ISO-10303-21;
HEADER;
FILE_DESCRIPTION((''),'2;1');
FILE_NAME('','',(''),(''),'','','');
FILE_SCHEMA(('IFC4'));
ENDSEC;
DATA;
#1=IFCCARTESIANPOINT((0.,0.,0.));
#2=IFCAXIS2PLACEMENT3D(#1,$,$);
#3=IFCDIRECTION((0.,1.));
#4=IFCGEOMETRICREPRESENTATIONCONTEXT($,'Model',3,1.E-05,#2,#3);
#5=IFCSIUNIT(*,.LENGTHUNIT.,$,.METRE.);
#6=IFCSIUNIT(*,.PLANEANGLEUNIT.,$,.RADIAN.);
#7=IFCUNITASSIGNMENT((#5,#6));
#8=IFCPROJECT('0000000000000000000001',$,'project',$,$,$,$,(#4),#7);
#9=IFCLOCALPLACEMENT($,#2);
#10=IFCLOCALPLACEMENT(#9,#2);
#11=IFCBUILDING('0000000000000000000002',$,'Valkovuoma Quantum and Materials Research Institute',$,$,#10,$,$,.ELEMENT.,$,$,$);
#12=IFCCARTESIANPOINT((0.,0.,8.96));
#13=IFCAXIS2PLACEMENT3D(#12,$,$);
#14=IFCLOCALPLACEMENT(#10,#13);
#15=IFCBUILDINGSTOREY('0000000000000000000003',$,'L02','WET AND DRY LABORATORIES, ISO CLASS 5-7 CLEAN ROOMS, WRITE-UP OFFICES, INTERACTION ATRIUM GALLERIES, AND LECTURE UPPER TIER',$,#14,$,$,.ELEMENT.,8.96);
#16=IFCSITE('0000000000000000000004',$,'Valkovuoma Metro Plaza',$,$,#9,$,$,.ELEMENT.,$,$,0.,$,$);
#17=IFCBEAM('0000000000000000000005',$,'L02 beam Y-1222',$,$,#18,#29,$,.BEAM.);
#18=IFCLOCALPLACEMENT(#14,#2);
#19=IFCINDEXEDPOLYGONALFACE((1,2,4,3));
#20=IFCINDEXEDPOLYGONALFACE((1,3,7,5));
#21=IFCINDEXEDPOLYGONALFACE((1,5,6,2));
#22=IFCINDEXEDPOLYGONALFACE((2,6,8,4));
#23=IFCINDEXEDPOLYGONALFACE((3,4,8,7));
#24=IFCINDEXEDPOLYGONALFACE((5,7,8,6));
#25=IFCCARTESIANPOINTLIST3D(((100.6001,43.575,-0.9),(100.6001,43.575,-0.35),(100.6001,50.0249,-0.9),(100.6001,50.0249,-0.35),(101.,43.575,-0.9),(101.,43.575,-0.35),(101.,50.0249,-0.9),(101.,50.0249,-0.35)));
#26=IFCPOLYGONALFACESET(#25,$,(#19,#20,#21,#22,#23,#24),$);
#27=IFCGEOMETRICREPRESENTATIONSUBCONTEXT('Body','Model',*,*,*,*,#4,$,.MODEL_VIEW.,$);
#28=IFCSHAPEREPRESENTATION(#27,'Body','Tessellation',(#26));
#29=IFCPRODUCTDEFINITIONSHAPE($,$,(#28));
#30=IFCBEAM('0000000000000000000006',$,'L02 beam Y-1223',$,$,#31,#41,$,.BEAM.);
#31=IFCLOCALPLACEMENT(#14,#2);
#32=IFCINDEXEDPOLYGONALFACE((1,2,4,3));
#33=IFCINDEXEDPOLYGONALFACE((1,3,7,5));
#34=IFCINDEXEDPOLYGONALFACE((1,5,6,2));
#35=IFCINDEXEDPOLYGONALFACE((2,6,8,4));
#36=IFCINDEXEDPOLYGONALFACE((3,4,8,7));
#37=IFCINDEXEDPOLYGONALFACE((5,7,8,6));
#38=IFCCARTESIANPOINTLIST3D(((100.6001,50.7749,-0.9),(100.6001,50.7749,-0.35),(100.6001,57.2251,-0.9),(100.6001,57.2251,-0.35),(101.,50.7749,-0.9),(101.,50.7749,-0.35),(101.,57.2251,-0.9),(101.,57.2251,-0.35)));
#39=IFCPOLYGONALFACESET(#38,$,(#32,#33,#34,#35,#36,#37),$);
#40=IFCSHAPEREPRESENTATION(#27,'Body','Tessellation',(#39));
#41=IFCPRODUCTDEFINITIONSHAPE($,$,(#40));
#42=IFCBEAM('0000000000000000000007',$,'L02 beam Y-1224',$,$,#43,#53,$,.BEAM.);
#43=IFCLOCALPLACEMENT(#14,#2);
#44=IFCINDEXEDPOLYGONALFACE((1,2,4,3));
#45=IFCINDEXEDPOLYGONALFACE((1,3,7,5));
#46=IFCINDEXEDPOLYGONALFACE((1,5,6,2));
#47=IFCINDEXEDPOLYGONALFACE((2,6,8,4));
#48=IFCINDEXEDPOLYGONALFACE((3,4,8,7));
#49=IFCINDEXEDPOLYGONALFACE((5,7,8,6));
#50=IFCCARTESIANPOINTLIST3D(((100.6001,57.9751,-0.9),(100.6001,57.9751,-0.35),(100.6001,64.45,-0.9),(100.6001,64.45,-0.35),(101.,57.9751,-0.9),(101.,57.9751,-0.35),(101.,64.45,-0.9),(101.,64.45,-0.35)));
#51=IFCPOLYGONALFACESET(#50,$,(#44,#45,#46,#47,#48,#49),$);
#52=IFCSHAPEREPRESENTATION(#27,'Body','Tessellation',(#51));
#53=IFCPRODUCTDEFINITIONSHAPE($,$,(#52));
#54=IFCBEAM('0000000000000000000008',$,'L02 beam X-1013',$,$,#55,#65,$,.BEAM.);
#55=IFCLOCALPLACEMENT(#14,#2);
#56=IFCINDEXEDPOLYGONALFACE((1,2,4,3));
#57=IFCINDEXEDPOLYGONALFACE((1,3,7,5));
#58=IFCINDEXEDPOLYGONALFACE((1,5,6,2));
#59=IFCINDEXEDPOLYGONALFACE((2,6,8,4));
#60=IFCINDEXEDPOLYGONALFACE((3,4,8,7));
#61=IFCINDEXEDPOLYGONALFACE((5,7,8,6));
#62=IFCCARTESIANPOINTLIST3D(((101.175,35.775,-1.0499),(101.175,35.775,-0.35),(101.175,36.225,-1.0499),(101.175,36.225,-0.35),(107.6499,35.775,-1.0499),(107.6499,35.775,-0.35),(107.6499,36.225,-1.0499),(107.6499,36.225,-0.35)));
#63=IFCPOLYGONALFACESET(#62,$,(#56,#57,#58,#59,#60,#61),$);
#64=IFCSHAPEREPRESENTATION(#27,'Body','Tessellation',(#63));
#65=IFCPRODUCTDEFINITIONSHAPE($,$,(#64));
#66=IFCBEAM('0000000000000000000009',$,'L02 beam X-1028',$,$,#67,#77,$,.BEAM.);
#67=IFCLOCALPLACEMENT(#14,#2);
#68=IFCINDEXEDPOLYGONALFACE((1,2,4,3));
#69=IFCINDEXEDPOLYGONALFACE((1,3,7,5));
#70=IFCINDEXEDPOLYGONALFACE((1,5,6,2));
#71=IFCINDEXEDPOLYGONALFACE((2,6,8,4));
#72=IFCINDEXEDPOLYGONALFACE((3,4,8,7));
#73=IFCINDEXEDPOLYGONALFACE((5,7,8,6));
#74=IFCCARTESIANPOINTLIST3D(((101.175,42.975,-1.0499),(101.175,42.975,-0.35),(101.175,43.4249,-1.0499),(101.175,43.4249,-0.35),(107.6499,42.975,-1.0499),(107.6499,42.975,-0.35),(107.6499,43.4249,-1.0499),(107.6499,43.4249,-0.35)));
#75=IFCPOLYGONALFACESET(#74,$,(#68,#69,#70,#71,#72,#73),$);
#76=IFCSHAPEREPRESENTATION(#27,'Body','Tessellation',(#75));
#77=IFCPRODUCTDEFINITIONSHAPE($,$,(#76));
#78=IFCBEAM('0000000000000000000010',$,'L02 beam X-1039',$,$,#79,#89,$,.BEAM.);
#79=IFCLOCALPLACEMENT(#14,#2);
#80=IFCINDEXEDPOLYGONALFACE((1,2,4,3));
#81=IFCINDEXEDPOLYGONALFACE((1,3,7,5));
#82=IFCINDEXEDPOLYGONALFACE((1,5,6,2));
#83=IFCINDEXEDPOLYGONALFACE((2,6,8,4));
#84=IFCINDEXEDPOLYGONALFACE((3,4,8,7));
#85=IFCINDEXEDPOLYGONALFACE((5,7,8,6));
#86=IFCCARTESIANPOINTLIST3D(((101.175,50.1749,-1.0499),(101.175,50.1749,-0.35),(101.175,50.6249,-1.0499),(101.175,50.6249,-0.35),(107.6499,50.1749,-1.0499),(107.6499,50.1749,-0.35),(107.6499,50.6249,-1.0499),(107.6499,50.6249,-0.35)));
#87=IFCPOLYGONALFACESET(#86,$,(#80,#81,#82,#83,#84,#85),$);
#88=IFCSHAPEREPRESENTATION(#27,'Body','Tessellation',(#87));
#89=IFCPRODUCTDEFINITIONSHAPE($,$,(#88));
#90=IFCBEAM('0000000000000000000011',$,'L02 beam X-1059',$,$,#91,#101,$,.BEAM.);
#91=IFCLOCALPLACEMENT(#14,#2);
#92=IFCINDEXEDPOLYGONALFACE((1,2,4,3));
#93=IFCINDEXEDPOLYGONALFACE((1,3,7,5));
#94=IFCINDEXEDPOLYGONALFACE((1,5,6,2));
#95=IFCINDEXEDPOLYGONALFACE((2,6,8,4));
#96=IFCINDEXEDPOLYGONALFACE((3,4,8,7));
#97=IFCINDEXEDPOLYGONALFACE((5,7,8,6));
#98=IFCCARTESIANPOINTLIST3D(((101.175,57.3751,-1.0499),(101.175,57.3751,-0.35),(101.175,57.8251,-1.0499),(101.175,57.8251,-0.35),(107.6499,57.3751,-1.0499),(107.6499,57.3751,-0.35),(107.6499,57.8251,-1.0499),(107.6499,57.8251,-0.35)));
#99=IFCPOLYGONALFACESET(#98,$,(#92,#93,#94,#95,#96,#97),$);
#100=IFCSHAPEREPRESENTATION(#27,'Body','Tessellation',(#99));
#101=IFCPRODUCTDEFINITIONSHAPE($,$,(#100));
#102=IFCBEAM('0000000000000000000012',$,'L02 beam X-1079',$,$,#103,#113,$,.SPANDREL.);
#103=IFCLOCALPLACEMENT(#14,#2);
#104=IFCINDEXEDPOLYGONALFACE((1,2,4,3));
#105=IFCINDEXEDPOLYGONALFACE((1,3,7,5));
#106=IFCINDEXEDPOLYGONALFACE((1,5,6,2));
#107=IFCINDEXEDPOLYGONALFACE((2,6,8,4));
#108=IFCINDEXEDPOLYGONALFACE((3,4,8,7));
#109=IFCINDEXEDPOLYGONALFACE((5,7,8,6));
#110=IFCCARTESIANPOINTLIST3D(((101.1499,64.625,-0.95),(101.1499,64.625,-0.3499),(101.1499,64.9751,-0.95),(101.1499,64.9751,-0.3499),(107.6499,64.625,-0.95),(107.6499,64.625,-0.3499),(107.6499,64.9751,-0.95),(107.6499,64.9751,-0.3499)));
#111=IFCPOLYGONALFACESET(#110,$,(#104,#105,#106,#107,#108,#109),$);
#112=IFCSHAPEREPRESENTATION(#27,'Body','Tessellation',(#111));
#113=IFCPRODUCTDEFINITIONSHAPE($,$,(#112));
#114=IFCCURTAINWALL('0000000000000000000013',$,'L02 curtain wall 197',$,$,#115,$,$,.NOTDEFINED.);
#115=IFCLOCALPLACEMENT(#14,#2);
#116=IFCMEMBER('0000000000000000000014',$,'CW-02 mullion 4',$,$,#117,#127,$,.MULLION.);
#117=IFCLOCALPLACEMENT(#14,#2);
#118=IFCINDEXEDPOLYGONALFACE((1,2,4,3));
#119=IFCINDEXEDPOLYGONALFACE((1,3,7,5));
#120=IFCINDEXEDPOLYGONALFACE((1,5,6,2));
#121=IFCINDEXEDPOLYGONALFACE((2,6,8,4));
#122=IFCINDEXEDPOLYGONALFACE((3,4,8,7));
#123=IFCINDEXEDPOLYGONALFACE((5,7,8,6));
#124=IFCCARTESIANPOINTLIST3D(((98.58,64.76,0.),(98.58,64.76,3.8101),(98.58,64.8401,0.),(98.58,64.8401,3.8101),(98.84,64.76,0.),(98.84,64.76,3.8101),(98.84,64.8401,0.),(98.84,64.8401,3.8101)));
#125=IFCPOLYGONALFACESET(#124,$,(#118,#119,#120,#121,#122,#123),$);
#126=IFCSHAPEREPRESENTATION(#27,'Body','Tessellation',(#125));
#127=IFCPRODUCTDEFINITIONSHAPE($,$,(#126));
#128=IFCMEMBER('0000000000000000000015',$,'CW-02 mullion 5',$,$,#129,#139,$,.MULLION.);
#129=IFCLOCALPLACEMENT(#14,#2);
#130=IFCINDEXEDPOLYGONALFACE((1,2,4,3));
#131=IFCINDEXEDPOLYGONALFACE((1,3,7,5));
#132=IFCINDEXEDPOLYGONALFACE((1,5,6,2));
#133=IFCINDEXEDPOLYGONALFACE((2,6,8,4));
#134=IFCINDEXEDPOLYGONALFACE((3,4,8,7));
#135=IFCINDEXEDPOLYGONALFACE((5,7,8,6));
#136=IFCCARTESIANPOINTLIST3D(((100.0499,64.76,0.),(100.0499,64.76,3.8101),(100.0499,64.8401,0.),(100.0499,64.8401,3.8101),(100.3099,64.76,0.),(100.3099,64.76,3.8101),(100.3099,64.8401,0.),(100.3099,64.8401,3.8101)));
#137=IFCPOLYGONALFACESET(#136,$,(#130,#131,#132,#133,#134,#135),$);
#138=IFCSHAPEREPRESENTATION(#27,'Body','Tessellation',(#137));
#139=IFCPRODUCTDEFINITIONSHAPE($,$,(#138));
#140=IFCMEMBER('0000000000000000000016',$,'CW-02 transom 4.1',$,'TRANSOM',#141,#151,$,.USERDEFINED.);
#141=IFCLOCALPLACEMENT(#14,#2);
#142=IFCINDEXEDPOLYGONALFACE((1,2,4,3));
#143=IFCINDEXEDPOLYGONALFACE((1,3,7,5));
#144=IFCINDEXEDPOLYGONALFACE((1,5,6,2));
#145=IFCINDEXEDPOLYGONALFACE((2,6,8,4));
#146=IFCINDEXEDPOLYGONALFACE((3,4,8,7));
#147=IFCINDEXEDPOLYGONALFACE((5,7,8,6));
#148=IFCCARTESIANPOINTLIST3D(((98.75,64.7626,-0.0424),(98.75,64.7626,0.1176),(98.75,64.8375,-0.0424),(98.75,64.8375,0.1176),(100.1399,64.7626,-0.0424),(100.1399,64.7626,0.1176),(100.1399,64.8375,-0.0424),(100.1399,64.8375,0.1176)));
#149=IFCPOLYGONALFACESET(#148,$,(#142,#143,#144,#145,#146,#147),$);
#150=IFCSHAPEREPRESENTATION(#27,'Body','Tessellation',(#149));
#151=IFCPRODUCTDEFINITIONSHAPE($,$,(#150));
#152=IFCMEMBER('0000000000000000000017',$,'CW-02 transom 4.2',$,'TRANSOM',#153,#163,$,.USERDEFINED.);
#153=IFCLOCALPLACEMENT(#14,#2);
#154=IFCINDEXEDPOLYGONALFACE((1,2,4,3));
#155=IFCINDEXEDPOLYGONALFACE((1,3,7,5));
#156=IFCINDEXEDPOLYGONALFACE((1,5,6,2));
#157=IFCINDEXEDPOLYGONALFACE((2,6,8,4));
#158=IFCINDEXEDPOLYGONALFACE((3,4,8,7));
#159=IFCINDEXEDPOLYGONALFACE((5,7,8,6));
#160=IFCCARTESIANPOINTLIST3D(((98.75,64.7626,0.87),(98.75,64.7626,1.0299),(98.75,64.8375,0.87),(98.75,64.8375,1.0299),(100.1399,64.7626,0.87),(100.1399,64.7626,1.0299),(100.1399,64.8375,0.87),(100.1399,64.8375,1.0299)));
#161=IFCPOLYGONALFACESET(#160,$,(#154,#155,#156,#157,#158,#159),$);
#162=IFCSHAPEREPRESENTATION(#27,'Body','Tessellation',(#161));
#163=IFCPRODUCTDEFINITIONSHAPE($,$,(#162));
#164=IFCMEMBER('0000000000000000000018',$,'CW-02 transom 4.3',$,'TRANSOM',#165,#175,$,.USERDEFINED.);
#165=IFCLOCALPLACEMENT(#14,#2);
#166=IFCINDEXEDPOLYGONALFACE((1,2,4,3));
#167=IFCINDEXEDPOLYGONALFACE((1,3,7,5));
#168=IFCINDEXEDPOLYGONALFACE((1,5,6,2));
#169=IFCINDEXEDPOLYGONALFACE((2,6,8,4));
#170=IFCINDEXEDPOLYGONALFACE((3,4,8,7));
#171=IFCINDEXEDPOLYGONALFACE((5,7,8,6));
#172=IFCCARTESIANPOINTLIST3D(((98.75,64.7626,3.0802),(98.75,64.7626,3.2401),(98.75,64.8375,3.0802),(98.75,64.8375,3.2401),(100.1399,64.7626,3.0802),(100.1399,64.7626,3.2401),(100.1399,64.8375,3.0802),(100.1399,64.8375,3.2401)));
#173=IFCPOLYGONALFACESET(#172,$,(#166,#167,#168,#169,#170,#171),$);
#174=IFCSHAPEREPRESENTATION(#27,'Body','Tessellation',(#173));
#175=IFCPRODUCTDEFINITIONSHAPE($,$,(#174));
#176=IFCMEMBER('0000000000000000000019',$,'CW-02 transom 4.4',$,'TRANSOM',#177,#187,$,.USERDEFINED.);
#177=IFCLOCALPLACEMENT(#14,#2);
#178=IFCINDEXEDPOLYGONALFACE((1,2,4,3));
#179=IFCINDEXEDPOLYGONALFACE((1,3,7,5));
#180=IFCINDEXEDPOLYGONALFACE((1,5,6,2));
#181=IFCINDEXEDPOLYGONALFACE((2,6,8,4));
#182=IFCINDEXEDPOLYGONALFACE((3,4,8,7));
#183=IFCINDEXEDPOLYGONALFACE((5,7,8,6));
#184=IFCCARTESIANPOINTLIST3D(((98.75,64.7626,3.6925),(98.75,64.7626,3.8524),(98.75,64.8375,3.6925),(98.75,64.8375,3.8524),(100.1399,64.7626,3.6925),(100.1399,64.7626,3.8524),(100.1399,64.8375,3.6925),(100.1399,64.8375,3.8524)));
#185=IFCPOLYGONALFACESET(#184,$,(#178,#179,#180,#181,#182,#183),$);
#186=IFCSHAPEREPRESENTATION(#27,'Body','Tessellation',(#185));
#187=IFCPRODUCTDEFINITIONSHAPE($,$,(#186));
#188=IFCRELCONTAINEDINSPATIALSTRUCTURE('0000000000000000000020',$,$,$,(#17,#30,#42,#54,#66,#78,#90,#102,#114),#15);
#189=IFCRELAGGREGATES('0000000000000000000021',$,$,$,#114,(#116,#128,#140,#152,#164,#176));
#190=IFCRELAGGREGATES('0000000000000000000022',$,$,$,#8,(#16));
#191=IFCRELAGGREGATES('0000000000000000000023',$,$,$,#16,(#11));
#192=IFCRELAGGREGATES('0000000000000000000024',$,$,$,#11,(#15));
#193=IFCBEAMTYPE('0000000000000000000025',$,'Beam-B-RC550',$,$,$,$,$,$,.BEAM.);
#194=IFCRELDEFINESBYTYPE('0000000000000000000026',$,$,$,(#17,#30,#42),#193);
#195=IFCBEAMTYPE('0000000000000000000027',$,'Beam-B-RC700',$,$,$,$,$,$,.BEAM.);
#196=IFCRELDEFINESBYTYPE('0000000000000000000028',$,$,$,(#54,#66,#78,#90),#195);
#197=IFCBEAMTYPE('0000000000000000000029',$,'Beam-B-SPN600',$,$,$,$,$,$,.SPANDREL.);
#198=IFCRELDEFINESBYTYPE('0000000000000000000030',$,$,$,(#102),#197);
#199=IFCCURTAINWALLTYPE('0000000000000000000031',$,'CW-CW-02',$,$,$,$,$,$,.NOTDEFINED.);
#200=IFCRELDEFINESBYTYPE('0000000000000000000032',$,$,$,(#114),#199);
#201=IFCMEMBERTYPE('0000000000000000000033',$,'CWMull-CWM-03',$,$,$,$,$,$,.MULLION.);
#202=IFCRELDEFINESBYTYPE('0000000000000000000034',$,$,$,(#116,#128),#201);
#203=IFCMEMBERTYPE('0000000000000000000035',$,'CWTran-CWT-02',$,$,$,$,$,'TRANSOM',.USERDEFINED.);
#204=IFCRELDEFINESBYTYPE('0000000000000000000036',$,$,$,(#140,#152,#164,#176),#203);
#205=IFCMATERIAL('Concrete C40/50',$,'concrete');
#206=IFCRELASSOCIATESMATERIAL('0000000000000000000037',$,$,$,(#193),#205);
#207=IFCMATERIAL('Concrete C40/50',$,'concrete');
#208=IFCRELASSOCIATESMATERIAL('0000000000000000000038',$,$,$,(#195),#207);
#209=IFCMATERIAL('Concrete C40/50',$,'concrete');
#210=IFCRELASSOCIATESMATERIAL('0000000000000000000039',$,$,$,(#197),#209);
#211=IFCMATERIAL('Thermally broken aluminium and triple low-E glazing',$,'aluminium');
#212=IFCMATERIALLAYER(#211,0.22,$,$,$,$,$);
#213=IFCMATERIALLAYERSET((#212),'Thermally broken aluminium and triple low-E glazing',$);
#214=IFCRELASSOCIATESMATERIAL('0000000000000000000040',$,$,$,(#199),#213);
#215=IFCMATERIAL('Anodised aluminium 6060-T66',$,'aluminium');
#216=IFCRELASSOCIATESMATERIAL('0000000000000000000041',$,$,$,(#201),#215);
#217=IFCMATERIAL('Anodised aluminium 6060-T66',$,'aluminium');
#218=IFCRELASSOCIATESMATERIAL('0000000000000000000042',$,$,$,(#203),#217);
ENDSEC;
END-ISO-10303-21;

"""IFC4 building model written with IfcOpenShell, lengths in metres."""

from ifc_helpers import new_model, si_unit, direction, frame, origin, origin_2d, place, context, subcontext, project, spatial, rectangle, extrude, material, layer, layer_set, material_profile, profile_set, type_object, element, aggregate, save


model = new_model("IFC4")

# Units and contexts
model_context = context("Model", 3, precision=1e-05, world=origin(), true_north=direction((0.0, 1.0)))
body_context = subcontext(model_context, "Body", "Model", "MODEL_VIEW")
ifc_project = project(units=[si_unit("LENGTHUNIT", "METRE"), si_unit("PLANEANGLEUNIT", "RADIAN")], contexts=[model_context])

# Site, building, storey
site_placement = place(None, origin())
site = spatial("IfcSite", under=ifc_project, at=site_placement, Name="Valkovuoma Metro Plaza", CompositionType="ELEMENT", RefElevation=0.0)
building_placement = place(site_placement, origin())
building = spatial("IfcBuilding", under=site, at=building_placement, Name="Valkovuoma Quantum and Materials Research Institute", CompositionType="ELEMENT")
storey_placement = place(building_placement, frame((0.0, 0.0, 8.96)))
storey = spatial("IfcBuildingStorey", under=building, at=storey_placement, Name="L02", Description="WET AND DRY LABORATORIES, ISO CLASS 5-7 CLEAN ROOMS, WRITE-UP OFFICES, INTERACTION ATRIUM GALLERIES, AND LECTURE UPPER TIER", CompositionType="ELEMENT", Elevation=8.96)

# Beams
ifc_material_1 = material(Name="Concrete C40/50", Category="concrete")
ifc_material_profile_1 = material_profile(ifc_material_1, rectangle(XDim=0.3999, YDim=0.55, at=origin_2d()), Name="Concrete C40/50")
ifc_profile_set_1 = profile_set([ifc_material_profile_1], Name="Concrete C40/50")
beam_type_1 = type_object("IfcBeamType", Name="Beam-B-RC550", PredefinedType="BEAM", material=ifc_profile_set_1)
for number, where, z_axis, x_axis, name in (
    (1, (100.8, 43.575, -0.625), (0.0, 1.0, 0.0), (-1.0, 0.0, 0.0), "L02 beam Y-1222"),
):
    element("IfcBeam", number, at=place(storey_placement, frame(where, z_axis=z_axis, x_axis=x_axis)), inside=storey, type_object=beam_type_1, Name=name, PredefinedType="BEAM", context=body_context, shape_type="SweptSolid", body=[
        extrude(rectangle(XDim=0.3999, YDim=0.55, at=origin_2d()), origin(), (0.0, 0.0, 1.0), 6.45),
    ])
beam_1_placement = place(storey_placement, frame((100.8, 50.7749, -0.625), z_axis=(0.0, 1.0, 0.0), x_axis=(-1.0, 0.0, 0.0)))
element("IfcBeam", 2, at=beam_1_placement, inside=storey, type_object=beam_type_1, Name="L02 beam Y-1223", PredefinedType="BEAM", context=body_context, shape_type="SweptSolid", body=[
    extrude(rectangle(XDim=0.3999, YDim=0.55, at=origin_2d()), origin(), (0.0, 0.0, 1.0), 6.4502),
])
beam_2_placement = place(storey_placement, frame((100.8, 57.9751, -0.625), z_axis=(0.0, 1.0, 0.0), x_axis=(-1.0, 0.0, 0.0)))
element("IfcBeam", 3, at=beam_2_placement, inside=storey, type_object=beam_type_1, Name="L02 beam Y-1224", PredefinedType="BEAM", context=body_context, shape_type="SweptSolid", body=[
    extrude(rectangle(XDim=0.3999, YDim=0.55, at=origin_2d()), origin(), (0.0, 0.0, 1.0), 6.4749),
])
ifc_material_2 = material(Name="Concrete C40/50", Category="concrete")
ifc_material_profile_2 = material_profile(ifc_material_2, rectangle(XDim=0.45, YDim=0.7, at=origin_2d()), Name="Concrete C40/50")
ifc_profile_set_2 = profile_set([ifc_material_profile_2], Name="Concrete C40/50")
beam_type_2 = type_object("IfcBeamType", Name="Beam-B-RC700", PredefinedType="BEAM", material=ifc_profile_set_2)
for number, where, z_axis, x_axis, name in (
    (4, (101.175, 36.0, -0.7), (1.0, 0.0, 0.0), (0.0, 1.0, 0.0), "L02 beam X-1013"),
    (5, (101.175, 43.2, -0.7), (1.0, 0.0, 0.0), (0.0, 1.0, 0.0), "L02 beam X-1028"),
    (6, (101.175, 50.3999, -0.7), (1.0, 0.0, 0.0), (0.0, 1.0, 0.0), "L02 beam X-1039"),
    (7, (101.175, 57.6001, -0.7), (1.0, 0.0, 0.0), (0.0, 1.0, 0.0), "L02 beam X-1059"),
):
    element("IfcBeam", number, at=place(storey_placement, frame(where, z_axis=z_axis, x_axis=x_axis)), inside=storey, type_object=beam_type_2, Name=name, PredefinedType="BEAM", context=body_context, shape_type="SweptSolid", body=[
        extrude(rectangle(XDim=0.45, YDim=0.7, at=origin_2d()), origin(), (0.0, 0.0, 1.0), 6.4749),
    ])
ifc_material_3 = material(Name="Concrete C40/50", Category="concrete")
ifc_material_profile_3 = material_profile(ifc_material_3, rectangle(XDim=0.3501, YDim=0.6001, at=origin_2d()), Name="Concrete C40/50")
ifc_profile_set_3 = profile_set([ifc_material_profile_3], Name="Concrete C40/50")
beam_type_3 = type_object("IfcBeamType", Name="Beam-B-SPN600", PredefinedType="SPANDREL", material=ifc_profile_set_3)
beam_3_placement = place(storey_placement, frame((101.1499, 64.8, -0.6499), z_axis=(1.0, 0.0, 0.0), x_axis=(0.0, 1.0, 0.0)))
element("IfcBeam", 8, at=beam_3_placement, inside=storey, type_object=beam_type_3, Name="L02 beam X-1079", PredefinedType="SPANDREL", context=body_context, shape_type="SweptSolid", body=[
    extrude(rectangle(XDim=0.3501, YDim=0.6001, at=origin_2d()), origin(), (0.0, 0.0, 1.0), 6.5),
])

# Curtain wall, members
ifc_material_4 = material(Name="Thermally broken aluminium and triple low-E glazing", Category="aluminium")
ifc_layer_1 = layer(ifc_material_4, 0.22)
ifc_layer_set_1 = layer_set([ifc_layer_1], Name="Thermally broken aluminium and triple low-E glazing")
curtain_wall_type = type_object("IfcCurtainWallType", Name="CW-CW-02", PredefinedType="NOTDEFINED", material=ifc_layer_set_1)
curtain_wall_placement = place(storey_placement, origin())
curtain_wall = element("IfcCurtainWall", 9, at=curtain_wall_placement, inside=storey, type_object=curtain_wall_type, Name="L02 curtain wall 197", PredefinedType="NOTDEFINED")
ifc_material_5 = material(Name="Anodised aluminium 6060-T66", Category="aluminium")
ifc_material_profile_4 = material_profile(ifc_material_5, rectangle(XDim=0.0801, YDim=0.26, at=origin_2d()), Name="Anodised aluminium 6060-T66")
ifc_profile_set_4 = profile_set([ifc_material_profile_4], Name="Anodised aluminium 6060-T66")
member_type_1 = type_object("IfcMemberType", Name="CWMull-CWM-03", PredefinedType="MULLION", material=ifc_profile_set_4)
member_1_placement = place(storey_placement, frame((98.71, 64.8, 0.0), z_axis=(0.0, 0.0, 1.0), x_axis=(0.0, 1.0, 0.0)))
member_1 = element("IfcMember", 10, at=member_1_placement, type_object=member_type_1, Name="CW-02 mullion 4", PredefinedType="MULLION", context=body_context, shape_type="SweptSolid", body=[
    extrude(rectangle(XDim=0.0801, YDim=0.26, at=origin_2d()), origin(), (0.0, 0.0, 1.0), 3.8101),
])
member_2_placement = place(storey_placement, frame((100.1799, 64.8, 0.0), z_axis=(0.0, 0.0, 1.0), x_axis=(0.0, 1.0, 0.0)))
member_2 = element("IfcMember", 11, at=member_2_placement, type_object=member_type_1, Name="CW-02 mullion 5", PredefinedType="MULLION", context=body_context, shape_type="SweptSolid", body=[
    extrude(rectangle(XDim=0.0801, YDim=0.26, at=origin_2d()), origin(), (0.0, 0.0, 1.0), 3.8101),
])
ifc_material_6 = material(Name="Anodised aluminium 6060-T66", Category="aluminium")
ifc_material_profile_5 = material_profile(ifc_material_6, rectangle(XDim=0.075, YDim=0.1599, at=origin_2d()), Name="Anodised aluminium 6060-T66")
ifc_profile_set_5 = profile_set([ifc_material_profile_5], Name="Anodised aluminium 6060-T66")
member_type_2 = type_object("IfcMemberType", Name="CWTran-CWT-02", ElementType="TRANSOM", PredefinedType="USERDEFINED", material=ifc_profile_set_5)
member_3_placement = place(storey_placement, frame((98.75, 64.8, 0.0376), z_axis=(1.0, 0.0, 0.0), x_axis=(0.0, 1.0, 0.0)))
member_3 = element("IfcMember", 12, at=member_3_placement, type_object=member_type_2, Name="CW-02 transom 4.1", ObjectType="TRANSOM", PredefinedType="USERDEFINED", context=body_context, shape_type="SweptSolid", body=[
    extrude(rectangle(XDim=0.075, YDim=0.1599, at=origin_2d()), origin(), (0.0, 0.0, 1.0), 1.3899),
])
member_4_placement = place(storey_placement, frame((98.75, 64.8, 0.95), z_axis=(1.0, 0.0, 0.0), x_axis=(0.0, 1.0, 0.0)))
member_4 = element("IfcMember", 13, at=member_4_placement, type_object=member_type_2, Name="CW-02 transom 4.2", ObjectType="TRANSOM", PredefinedType="USERDEFINED", context=body_context, shape_type="SweptSolid", body=[
    extrude(rectangle(XDim=0.075, YDim=0.1599, at=origin_2d()), origin(), (0.0, 0.0, 1.0), 1.3899),
])
member_5_placement = place(storey_placement, frame((98.75, 64.8, 3.1602), z_axis=(1.0, 0.0, 0.0), x_axis=(0.0, 1.0, 0.0)))
member_5 = element("IfcMember", 14, at=member_5_placement, type_object=member_type_2, Name="CW-02 transom 4.3", ObjectType="TRANSOM", PredefinedType="USERDEFINED", context=body_context, shape_type="SweptSolid", body=[
    extrude(rectangle(XDim=0.075, YDim=0.1599, at=origin_2d()), origin(), (0.0, 0.0, 1.0), 1.3899),
])
member_6_placement = place(storey_placement, frame((98.75, 64.8, 3.7725), z_axis=(1.0, 0.0, 0.0), x_axis=(0.0, 1.0, 0.0)))
member_6 = element("IfcMember", 15, at=member_6_placement, type_object=member_type_2, Name="CW-02 transom 4.4", ObjectType="TRANSOM", PredefinedType="USERDEFINED", context=body_context, shape_type="SweptSolid", body=[
    extrude(rectangle(XDim=0.075, YDim=0.1599, at=origin_2d()), origin(), (0.0, 0.0, 1.0), 1.3899),
])
aggregate(curtain_wall, [member_1, member_2, member_3, member_4, member_5, member_6])

save(model, "model.ifc")
